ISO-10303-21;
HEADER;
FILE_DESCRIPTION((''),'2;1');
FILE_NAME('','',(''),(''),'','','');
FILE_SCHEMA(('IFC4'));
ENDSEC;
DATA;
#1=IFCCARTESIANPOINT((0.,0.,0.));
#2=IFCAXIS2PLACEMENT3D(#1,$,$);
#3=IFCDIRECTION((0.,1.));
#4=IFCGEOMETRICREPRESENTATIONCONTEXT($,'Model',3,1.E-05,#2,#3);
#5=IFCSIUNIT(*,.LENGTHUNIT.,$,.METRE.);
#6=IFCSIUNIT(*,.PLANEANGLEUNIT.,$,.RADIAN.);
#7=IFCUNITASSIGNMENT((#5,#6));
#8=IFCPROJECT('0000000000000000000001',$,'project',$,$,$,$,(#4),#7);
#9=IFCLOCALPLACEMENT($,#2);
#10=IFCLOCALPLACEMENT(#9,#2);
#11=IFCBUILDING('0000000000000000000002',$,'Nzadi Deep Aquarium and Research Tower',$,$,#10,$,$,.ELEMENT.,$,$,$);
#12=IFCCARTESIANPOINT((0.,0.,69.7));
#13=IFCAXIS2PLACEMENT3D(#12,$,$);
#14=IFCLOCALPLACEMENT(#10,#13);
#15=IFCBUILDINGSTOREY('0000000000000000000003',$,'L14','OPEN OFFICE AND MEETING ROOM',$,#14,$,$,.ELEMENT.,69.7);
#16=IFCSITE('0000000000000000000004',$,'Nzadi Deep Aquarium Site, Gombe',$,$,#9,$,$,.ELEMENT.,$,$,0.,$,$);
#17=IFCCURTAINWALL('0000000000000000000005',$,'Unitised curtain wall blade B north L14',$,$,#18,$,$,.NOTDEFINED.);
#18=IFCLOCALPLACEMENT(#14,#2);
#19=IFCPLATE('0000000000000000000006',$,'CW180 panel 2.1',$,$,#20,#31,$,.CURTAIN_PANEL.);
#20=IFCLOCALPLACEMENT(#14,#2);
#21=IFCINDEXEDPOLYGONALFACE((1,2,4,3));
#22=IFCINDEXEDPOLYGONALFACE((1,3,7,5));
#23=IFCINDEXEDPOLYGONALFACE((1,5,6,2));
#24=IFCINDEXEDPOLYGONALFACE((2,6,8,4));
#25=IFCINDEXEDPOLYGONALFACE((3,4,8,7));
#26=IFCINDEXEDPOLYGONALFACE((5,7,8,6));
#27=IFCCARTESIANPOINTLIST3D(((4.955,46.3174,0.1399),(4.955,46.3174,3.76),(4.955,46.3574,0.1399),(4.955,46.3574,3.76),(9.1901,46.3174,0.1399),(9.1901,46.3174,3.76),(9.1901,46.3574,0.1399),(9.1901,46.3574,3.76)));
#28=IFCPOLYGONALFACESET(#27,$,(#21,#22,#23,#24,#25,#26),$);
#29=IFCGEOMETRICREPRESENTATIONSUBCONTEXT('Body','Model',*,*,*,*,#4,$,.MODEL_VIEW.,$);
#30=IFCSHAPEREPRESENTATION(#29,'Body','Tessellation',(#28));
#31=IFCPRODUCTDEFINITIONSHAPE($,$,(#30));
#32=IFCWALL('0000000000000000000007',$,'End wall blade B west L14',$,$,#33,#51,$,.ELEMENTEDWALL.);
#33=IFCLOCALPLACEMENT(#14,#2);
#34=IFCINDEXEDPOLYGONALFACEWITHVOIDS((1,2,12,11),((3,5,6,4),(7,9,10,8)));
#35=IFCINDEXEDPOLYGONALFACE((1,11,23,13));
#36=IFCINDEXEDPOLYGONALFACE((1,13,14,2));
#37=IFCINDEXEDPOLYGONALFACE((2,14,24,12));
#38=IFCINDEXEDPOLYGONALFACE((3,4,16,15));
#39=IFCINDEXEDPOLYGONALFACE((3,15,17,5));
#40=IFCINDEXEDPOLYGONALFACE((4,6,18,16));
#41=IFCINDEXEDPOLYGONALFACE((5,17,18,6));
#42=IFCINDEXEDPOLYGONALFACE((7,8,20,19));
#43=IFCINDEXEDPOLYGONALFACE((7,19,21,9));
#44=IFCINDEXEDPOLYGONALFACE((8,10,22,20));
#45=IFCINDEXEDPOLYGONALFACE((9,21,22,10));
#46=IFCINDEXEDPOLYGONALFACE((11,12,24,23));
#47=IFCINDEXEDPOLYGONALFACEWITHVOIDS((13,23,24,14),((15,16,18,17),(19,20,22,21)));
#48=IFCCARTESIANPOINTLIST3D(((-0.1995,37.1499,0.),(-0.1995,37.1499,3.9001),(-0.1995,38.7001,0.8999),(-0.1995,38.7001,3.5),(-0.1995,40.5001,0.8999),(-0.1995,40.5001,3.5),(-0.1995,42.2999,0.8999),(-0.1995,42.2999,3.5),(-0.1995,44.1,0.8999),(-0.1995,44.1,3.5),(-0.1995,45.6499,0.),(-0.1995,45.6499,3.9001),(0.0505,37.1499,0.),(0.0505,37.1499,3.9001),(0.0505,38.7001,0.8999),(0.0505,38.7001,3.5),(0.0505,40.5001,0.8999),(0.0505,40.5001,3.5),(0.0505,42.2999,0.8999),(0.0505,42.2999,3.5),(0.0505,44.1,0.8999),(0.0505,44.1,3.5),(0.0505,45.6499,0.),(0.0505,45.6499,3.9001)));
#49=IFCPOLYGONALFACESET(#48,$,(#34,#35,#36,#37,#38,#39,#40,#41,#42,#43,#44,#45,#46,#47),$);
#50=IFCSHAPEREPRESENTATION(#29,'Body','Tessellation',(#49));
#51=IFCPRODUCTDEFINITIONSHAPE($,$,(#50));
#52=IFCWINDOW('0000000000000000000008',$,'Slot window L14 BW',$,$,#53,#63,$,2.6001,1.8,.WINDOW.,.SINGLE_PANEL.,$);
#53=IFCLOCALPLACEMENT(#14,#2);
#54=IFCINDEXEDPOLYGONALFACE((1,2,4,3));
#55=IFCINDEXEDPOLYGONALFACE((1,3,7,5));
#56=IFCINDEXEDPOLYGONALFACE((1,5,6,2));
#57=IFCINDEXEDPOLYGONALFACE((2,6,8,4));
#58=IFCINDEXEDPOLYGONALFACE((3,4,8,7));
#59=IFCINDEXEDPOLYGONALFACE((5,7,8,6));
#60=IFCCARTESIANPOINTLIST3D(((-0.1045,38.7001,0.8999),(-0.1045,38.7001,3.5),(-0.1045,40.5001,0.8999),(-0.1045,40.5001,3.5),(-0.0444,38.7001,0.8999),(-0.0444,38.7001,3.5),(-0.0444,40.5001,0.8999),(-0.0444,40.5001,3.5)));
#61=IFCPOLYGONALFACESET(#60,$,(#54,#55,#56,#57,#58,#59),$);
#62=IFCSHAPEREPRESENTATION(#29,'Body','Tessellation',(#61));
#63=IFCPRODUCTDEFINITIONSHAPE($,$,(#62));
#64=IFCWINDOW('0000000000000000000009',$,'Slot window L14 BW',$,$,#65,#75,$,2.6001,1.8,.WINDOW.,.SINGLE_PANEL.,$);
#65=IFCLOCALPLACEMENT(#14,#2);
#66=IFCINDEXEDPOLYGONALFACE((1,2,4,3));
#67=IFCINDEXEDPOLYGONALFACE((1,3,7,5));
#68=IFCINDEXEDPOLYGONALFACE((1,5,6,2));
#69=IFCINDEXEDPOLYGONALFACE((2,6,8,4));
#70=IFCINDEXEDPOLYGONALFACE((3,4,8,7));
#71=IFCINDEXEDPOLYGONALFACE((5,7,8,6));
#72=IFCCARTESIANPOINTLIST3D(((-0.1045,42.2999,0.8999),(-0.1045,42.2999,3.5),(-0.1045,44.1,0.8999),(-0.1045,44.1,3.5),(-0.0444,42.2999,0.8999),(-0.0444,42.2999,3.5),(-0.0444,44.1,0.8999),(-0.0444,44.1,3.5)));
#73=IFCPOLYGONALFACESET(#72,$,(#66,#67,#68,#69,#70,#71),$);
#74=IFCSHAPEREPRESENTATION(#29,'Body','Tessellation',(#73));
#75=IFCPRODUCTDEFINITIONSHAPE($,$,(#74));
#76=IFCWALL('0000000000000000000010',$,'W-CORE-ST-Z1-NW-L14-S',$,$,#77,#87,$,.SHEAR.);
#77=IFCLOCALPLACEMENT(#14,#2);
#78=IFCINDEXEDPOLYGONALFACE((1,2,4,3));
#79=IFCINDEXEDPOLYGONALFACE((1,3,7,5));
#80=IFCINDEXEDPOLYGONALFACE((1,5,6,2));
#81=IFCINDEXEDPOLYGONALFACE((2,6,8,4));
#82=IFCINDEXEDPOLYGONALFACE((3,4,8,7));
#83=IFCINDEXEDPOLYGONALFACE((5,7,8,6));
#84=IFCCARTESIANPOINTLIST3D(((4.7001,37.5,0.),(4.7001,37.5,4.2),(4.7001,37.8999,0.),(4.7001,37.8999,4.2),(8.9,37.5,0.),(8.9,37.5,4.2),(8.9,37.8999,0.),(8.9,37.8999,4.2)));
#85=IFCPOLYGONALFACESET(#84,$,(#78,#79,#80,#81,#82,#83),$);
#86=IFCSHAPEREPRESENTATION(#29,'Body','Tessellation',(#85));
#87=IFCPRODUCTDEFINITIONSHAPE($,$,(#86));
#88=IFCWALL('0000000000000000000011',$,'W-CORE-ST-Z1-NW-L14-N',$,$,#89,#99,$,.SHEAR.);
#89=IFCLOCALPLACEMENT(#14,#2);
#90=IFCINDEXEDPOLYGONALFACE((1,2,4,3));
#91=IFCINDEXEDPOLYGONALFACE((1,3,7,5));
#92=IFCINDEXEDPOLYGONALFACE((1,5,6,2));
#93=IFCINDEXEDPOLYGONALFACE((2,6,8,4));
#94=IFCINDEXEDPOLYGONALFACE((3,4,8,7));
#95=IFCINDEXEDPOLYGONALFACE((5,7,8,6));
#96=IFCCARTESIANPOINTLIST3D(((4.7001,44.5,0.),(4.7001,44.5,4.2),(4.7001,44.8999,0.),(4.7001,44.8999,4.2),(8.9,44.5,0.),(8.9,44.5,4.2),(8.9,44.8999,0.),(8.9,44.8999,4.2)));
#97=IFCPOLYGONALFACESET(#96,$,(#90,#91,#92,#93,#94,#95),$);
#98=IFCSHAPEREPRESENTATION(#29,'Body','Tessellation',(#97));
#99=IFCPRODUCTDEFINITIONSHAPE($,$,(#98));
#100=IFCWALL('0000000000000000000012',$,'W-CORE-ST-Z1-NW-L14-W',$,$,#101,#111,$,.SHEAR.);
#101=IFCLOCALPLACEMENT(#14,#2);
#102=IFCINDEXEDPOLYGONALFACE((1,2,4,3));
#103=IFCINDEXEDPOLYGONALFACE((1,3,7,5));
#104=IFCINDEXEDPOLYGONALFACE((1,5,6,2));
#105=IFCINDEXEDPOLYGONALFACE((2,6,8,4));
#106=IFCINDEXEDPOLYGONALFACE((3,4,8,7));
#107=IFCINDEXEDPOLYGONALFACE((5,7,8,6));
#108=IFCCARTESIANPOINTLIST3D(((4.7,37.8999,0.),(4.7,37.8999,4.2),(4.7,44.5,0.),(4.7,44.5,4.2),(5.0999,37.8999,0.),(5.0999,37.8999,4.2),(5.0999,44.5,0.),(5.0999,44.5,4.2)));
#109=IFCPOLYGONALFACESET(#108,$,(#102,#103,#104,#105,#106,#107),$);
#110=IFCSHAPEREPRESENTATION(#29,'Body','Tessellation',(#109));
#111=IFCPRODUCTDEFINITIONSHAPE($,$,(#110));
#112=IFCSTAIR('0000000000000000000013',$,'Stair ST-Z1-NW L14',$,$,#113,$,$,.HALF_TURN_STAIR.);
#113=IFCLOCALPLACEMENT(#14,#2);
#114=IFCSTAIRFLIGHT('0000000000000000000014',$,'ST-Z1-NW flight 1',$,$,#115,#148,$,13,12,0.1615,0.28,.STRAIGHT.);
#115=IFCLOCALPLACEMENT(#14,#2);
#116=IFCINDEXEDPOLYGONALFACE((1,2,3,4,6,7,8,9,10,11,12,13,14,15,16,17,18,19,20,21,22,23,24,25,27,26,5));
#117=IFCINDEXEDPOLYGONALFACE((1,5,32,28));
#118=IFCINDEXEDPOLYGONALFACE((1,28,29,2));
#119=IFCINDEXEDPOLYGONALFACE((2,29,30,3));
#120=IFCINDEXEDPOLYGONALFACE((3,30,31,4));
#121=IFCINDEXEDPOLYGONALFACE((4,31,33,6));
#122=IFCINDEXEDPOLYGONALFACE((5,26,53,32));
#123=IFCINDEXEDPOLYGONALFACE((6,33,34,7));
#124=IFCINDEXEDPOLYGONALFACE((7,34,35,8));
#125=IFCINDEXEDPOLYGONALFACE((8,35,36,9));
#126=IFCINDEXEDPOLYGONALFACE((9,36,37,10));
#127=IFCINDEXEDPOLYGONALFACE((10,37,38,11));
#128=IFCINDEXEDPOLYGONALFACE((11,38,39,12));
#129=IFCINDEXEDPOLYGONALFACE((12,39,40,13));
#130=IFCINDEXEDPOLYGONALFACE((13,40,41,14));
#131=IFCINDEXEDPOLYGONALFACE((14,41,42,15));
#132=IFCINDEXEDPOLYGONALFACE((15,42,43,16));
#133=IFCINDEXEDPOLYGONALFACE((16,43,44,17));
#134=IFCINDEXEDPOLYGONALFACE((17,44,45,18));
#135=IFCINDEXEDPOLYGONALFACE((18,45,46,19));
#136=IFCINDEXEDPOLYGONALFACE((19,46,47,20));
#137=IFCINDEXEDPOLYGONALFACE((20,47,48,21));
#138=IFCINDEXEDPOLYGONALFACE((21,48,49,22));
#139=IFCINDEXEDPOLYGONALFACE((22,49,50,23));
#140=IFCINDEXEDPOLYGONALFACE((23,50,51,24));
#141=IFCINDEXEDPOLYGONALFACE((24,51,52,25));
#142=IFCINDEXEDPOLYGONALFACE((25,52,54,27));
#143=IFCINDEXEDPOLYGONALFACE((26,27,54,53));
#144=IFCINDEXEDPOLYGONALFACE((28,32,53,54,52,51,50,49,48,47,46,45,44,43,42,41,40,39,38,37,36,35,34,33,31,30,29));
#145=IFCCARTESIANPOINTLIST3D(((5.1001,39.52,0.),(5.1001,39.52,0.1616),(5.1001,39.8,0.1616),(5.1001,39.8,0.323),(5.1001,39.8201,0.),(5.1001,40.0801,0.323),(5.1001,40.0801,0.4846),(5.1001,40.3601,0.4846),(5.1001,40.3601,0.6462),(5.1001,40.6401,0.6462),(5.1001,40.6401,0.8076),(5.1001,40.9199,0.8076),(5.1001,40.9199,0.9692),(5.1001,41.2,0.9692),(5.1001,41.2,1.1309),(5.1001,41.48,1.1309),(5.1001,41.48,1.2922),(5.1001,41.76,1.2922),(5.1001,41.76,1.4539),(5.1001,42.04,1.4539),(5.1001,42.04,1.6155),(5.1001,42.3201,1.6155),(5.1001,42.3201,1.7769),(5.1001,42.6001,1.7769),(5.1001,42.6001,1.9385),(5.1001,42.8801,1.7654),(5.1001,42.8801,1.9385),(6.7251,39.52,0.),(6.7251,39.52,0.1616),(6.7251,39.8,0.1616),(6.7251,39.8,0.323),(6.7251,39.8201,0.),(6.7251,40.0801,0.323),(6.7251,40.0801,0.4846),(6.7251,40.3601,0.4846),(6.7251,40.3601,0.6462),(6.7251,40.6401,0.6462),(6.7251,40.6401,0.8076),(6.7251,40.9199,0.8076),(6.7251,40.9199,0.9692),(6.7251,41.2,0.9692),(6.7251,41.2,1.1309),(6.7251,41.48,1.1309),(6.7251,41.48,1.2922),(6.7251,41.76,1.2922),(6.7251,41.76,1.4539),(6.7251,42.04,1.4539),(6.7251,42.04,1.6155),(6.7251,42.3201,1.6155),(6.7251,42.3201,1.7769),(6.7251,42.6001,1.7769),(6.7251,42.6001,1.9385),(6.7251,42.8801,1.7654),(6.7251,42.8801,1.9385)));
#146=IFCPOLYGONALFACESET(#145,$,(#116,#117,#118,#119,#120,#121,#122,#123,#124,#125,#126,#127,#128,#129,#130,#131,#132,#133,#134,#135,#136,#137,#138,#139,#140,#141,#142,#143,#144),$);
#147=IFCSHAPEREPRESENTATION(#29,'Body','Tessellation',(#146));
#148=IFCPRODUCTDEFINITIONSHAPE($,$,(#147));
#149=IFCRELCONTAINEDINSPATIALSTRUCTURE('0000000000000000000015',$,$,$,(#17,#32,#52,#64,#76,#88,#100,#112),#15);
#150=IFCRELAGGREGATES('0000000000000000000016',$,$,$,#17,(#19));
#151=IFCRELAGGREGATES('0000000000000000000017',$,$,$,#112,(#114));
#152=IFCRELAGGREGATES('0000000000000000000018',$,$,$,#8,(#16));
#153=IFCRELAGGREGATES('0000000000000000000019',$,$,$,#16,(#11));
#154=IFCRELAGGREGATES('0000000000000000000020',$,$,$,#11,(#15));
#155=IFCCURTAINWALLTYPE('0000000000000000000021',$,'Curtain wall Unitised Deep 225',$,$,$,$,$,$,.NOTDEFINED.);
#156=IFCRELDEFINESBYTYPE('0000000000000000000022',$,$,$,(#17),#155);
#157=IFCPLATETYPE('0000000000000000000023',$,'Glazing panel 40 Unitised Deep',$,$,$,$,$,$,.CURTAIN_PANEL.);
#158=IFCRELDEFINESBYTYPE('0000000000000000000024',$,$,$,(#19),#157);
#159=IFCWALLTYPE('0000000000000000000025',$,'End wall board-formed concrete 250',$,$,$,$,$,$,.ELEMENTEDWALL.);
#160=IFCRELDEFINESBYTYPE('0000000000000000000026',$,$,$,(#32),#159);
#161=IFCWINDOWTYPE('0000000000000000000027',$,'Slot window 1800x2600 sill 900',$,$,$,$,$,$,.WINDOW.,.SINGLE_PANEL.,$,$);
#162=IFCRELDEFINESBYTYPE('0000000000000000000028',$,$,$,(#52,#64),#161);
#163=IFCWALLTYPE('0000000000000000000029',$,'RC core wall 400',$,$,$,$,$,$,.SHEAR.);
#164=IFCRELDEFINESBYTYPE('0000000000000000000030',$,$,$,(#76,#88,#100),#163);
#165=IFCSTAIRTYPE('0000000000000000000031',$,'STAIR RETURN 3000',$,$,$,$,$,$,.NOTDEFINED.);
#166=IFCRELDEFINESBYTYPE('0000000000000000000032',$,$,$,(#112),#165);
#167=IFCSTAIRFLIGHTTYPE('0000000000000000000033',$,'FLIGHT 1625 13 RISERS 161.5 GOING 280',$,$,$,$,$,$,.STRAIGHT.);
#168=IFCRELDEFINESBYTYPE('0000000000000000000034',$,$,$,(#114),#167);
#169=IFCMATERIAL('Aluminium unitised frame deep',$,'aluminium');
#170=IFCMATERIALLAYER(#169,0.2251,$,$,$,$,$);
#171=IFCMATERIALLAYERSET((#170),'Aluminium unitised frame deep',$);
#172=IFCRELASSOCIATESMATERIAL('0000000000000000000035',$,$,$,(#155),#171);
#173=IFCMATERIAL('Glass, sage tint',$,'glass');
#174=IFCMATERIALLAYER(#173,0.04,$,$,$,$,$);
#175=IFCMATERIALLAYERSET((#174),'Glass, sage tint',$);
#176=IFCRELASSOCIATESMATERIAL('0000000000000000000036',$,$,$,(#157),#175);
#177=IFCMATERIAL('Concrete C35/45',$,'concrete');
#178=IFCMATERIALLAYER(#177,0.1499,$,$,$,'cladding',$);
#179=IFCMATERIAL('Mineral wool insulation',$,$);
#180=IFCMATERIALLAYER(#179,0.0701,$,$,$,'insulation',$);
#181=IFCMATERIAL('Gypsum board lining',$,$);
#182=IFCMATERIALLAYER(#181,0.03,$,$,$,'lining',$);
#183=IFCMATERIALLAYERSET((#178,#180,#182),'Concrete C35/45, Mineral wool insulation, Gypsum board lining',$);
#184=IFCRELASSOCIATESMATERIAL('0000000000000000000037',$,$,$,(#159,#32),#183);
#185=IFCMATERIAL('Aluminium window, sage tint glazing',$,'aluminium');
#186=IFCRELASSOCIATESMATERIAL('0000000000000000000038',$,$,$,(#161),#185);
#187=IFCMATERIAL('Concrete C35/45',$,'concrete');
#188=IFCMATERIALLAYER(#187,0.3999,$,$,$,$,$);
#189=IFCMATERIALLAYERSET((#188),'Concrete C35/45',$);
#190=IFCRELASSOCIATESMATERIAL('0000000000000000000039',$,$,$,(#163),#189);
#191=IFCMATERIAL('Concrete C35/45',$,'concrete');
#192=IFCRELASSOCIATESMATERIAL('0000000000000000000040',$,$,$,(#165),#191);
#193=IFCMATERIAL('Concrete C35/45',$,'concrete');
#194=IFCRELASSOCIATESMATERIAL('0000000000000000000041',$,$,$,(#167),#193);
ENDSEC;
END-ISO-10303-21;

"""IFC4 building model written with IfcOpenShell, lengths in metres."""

from ifc_helpers import new_model, si_unit, direction, frame, frame_2d, origin, origin_2d, place, context, subcontext, project, spatial, polyline, rectangle, outline, extrude, material, layer, layer_set, layer_usage, type_object, element, fill, aggregate, save


model = new_model("IFC4")

# Units and contexts
model_context = context("Model", 3, precision=1e-05, world=origin(), true_north=direction((0.0, 1.0)))
body_context = subcontext(model_context, "Body", "Model", "MODEL_VIEW")
ifc_project = project(units=[si_unit("LENGTHUNIT", "METRE"), si_unit("PLANEANGLEUNIT", "RADIAN")], contexts=[model_context])

# Site, building, storey
site_placement = place(None, origin())
site = spatial("IfcSite", under=ifc_project, at=site_placement, Name="Nzadi Deep Aquarium Site, Gombe", CompositionType="ELEMENT", RefElevation=0.0)
building_placement = place(site_placement, origin())
building = spatial("IfcBuilding", under=site, at=building_placement, Name="Nzadi Deep Aquarium and Research Tower", CompositionType="ELEMENT")
storey_placement = place(building_placement, frame((0.0, 0.0, 69.7)))
storey = spatial("IfcBuildingStorey", under=building, at=storey_placement, Name="L14", Description="OPEN OFFICE AND MEETING ROOM", CompositionType="ELEMENT", Elevation=69.7)

# Curtain wall
ifc_material_1 = material(Name="Aluminium unitised frame deep", Category="aluminium")
ifc_layer_1 = layer(ifc_material_1, 0.2251)
ifc_layer_set_1 = layer_set([ifc_layer_1], Name="Aluminium unitised frame deep")
curtain_wall_type = type_object("IfcCurtainWallType", Name="Curtain wall Unitised Deep 225", PredefinedType="NOTDEFINED", material=ifc_layer_set_1)
curtain_wall_placement = place(storey_placement, origin())
curtain_wall = element("IfcCurtainWall", 1, at=curtain_wall_placement, inside=storey, type_object=curtain_wall_type, Name="Unitised curtain wall blade B north L14", PredefinedType="NOTDEFINED")

# Plate
ifc_material_2 = material(Name="Glass, sage tint", Category="glass")
ifc_layer_2 = layer(ifc_material_2, 0.04)
ifc_layer_set_2 = layer_set([ifc_layer_2], Name="Glass, sage tint")
plate_type = type_object("IfcPlateType", Name="Glazing panel 40 Unitised Deep", PredefinedType="CURTAIN_PANEL", material=ifc_layer_set_2)
plate_1_placement = place(storey_placement, frame((7.0725, 46.3374, 0.1399), z_axis=(0.0, 0.0, 1.0), x_axis=(1.0, 0.0, 0.0)))
plate_1 = element("IfcPlate", 2, at=plate_1_placement, type_object=plate_type, Name="CW180 panel 2.1", PredefinedType="CURTAIN_PANEL", context=body_context, shape_type="SweptSolid", body=[
    extrude(rectangle(XDim=4.2351, YDim=0.04, at=origin_2d()), origin(), (0.0, 0.0, 1.0), 3.6201),
])
aggregate(curtain_wall, [plate_1])

# Wall, openings, windows
ifc_material_3 = material(Name="Concrete C35/45", Category="concrete")
ifc_layer_3 = layer(ifc_material_3, 0.1499, Category="cladding")
ifc_material_4 = material(Name="Mineral wool insulation")
ifc_layer_4 = layer(ifc_material_4, 0.0701, Category="insulation")
ifc_material_5 = material(Name="Gypsum board lining")
ifc_layer_5 = layer(ifc_material_5, 0.03, Category="lining")
ifc_layer_set_3 = layer_set([ifc_layer_3, ifc_layer_4, ifc_layer_5], Name="Concrete C35/45, Mineral wool insulation, Gypsum board lining")
ifc_layer_usage = layer_usage(ifc_layer_set_3, "AXIS2", "POSITIVE", -0.125)
wall_type_1 = type_object("IfcWallType", Name="End wall board-formed concrete 250", PredefinedType="ELEMENTEDWALL", material=ifc_layer_set_3)
wall_1_placement = place(storey_placement, frame((-0.0745, 45.6499, 0.0), z_axis=(0.0, 0.0, 1.0), x_axis=(0.0, -1.0, 0.0)))
wall_1 = element("IfcWall", 3, at=wall_1_placement, inside=storey, type_object=wall_type_1, material=ifc_layer_usage, Name="End wall blade B west L14", PredefinedType="ELEMENTEDWALL", context=body_context, shape_type="SweptSolid", body=[
    extrude(rectangle(XDim=8.5, YDim=0.25, at=frame_2d((4.25, 0.0))), origin(), (0.0, 0.0, 1.0), 3.9001),
])
opening_1_placement = place(wall_1_placement, frame((5.1499, 0.0, 0.8999)))
opening_1 = element("IfcOpeningElement", 4, at=opening_1_placement, cuts=wall_1, PredefinedType="OPENING", context=body_context, shape_type="SweptSolid", body=[
    extrude(rectangle(XDim=1.8, YDim=2.6001, at=frame_2d((0.8999, 1.3))), frame((0.0, 0.135, 0.0), z_axis=(0.0, -1.0, 0.0), x_axis=(1.0, 0.0, 0.0)), (0.0, 0.0, 1.0), 0.27),
])
opening_2_placement = place(wall_1_placement, frame((1.55, 0.0, 0.8999)))
opening_2 = element("IfcOpeningElement", 5, at=opening_2_placement, cuts=wall_1, PredefinedType="OPENING", context=body_context, shape_type="SweptSolid", body=[
    extrude(rectangle(XDim=1.8, YDim=2.6001, at=frame_2d((0.8999, 1.3))), frame((0.0, 0.135, 0.0), z_axis=(0.0, -1.0, 0.0), x_axis=(1.0, 0.0, 0.0)), (0.0, 0.0, 1.0), 0.27),
])
ifc_material_6 = material(Name="Aluminium window, sage tint glazing", Category="aluminium")
window_type = type_object("IfcWindowType", Name="Slot window 1800x2600 sill 900", PartitioningType="SINGLE_PANEL", PredefinedType="WINDOW", material=ifc_material_6)
window_1_placement = place(opening_1_placement, origin())
window_1 = element("IfcWindow", 6, at=window_1_placement, inside=storey, type_object=window_type, Name="Slot window L14 BW", OverallHeight=2.6001, OverallWidth=1.8, PartitioningType="SINGLE_PANEL", PredefinedType="WINDOW", context=body_context, shape_type="SweptSolid", body=[
    extrude(rectangle(XDim=1.8, YDim=2.6001, at=frame_2d((0.8999, 1.3))), frame((0.0, 0.03, 0.0), z_axis=(0.0, -1.0, 0.0), x_axis=(1.0, 0.0, 0.0)), (0.0, 0.0, 1.0), 0.0601),
])
fill(opening_1, window_1)
window_2_placement = place(opening_2_placement, origin())
window_2 = element("IfcWindow", 7, at=window_2_placement, inside=storey, type_object=window_type, Name="Slot window L14 BW", OverallHeight=2.6001, OverallWidth=1.8, PartitioningType="SINGLE_PANEL", PredefinedType="WINDOW", context=body_context, shape_type="SweptSolid", body=[
    extrude(rectangle(XDim=1.8, YDim=2.6001, at=frame_2d((0.8999, 1.3))), frame((0.0, 0.03, 0.0), z_axis=(0.0, -1.0, 0.0), x_axis=(1.0, 0.0, 0.0)), (0.0, 0.0, 1.0), 0.0601),
])
fill(opening_2, window_2)

# Walls
ifc_material_7 = material(Name="Concrete C35/45", Category="concrete")
ifc_layer_6 = layer(ifc_material_7, 0.3999)
ifc_layer_set_4 = layer_set([ifc_layer_6], Name="Concrete C35/45")
wall_type_2 = type_object("IfcWallType", Name="RC core wall 400", PredefinedType="SHEAR", material=ifc_layer_set_4)
for number, where, z_axis, x_axis, name in (
    (8, (4.7, 37.7, 0.0), (0.0, 0.0, 1.0), (1.0, 0.0, 0.0), "W-CORE-ST-Z1-NW-L14-S"),
    (9, (4.7, 44.7, 0.0), (0.0, 0.0, 1.0), (1.0, 0.0, 0.0), "W-CORE-ST-Z1-NW-L14-N"),
):
    element("IfcWall", number, at=place(storey_placement, frame(where, z_axis=z_axis, x_axis=x_axis)), inside=storey, type_object=wall_type_2, Name=name, PredefinedType="SHEAR", context=body_context, shape_type="SweptSolid", body=[
        extrude(rectangle(XDim=4.2, YDim=0.3999, at=frame_2d((2.1001, 0.0))), origin(), (0.0, 0.0, 1.0), 4.2),
    ])
wall_2_placement = place(storey_placement, frame((4.8999, 37.8999, 0.0), z_axis=(0.0, 0.0, 1.0), x_axis=(0.0, 1.0, 0.0)))
element("IfcWall", 10, at=wall_2_placement, inside=storey, type_object=wall_type_2, Name="W-CORE-ST-Z1-NW-L14-W", PredefinedType="SHEAR", context=body_context, shape_type="SweptSolid", body=[
    extrude(rectangle(XDim=6.6001, YDim=0.3999, at=frame_2d((3.3, 0.0))), origin(), (0.0, 0.0, 1.0), 4.2),
])

# Stair, stair flight
ifc_material_8 = material(Name="Concrete C35/45", Category="concrete")
stair_type = type_object("IfcStairType", Name="STAIR RETURN 3000", PredefinedType="NOTDEFINED", material=ifc_material_8)
stair_placement = place(storey_placement, origin())
stair = element("IfcStair", 11, at=stair_placement, inside=storey, type_object=stair_type, Name="Stair ST-Z1-NW L14", PredefinedType="HALF_TURN_STAIR")
ifc_material_9 = material(Name="Concrete C35/45", Category="concrete")
stair_flight_type = type_object("IfcStairFlightType", Name="FLIGHT 1625 13 RISERS 161.5 GOING 280", PredefinedType="STRAIGHT", material=ifc_material_9)
stair_flight_1_placement = place(storey_placement, frame((5.9126, 39.52, 0.0), z_axis=(0.0, 0.0, 1.0), x_axis=(0.0, 1.0, 0.0)))
stair_flight_1 = element("IfcStairFlight", 12, at=stair_flight_1_placement, type_object=stair_flight_type, Name="ST-Z1-NW flight 1", NumberOfRisers=13, NumberOfTreads=12, PredefinedType="STRAIGHT", RiserHeight=0.1615, TreadLength=0.28, context=body_context, shape_type="SweptSolid", body=[
    extrude(outline(polyline([(0.0, 0.0), (0.0, 0.1616), (0.28, 0.1616), (0.28, 0.323), (0.5601, 0.323), (0.5601, 0.4846), (0.8401, 0.4846), (0.8401, 0.6462), (1.1201, 0.6462), (1.1201, 0.8076), (1.3999, 0.8076), (1.3999, 0.9692), (1.6799, 0.9692), (1.6799, 1.1309), (1.96, 1.1309), (1.96, 1.2922), (2.24, 1.2922), (2.24, 1.4539), (2.52, 1.4539), (2.52, 1.6155), (2.8, 1.6155), (2.8, 1.7769), (3.0801, 1.7769), (3.0801, 1.9385), (3.3601, 1.9385), (3.3601, 2.1001), (3.3601, 1.7654), (0.3, 0.0), (0.0, 0.0)])), frame((0.0, 0.8125, 0.0), z_axis=(0.0, -1.0, 0.0), x_axis=(1.0, 0.0, 0.0)), (0.0, 0.0, 1.0), 1.625),
])
aggregate(stair, [stair_flight_1])

save(model, "model.ifc")
